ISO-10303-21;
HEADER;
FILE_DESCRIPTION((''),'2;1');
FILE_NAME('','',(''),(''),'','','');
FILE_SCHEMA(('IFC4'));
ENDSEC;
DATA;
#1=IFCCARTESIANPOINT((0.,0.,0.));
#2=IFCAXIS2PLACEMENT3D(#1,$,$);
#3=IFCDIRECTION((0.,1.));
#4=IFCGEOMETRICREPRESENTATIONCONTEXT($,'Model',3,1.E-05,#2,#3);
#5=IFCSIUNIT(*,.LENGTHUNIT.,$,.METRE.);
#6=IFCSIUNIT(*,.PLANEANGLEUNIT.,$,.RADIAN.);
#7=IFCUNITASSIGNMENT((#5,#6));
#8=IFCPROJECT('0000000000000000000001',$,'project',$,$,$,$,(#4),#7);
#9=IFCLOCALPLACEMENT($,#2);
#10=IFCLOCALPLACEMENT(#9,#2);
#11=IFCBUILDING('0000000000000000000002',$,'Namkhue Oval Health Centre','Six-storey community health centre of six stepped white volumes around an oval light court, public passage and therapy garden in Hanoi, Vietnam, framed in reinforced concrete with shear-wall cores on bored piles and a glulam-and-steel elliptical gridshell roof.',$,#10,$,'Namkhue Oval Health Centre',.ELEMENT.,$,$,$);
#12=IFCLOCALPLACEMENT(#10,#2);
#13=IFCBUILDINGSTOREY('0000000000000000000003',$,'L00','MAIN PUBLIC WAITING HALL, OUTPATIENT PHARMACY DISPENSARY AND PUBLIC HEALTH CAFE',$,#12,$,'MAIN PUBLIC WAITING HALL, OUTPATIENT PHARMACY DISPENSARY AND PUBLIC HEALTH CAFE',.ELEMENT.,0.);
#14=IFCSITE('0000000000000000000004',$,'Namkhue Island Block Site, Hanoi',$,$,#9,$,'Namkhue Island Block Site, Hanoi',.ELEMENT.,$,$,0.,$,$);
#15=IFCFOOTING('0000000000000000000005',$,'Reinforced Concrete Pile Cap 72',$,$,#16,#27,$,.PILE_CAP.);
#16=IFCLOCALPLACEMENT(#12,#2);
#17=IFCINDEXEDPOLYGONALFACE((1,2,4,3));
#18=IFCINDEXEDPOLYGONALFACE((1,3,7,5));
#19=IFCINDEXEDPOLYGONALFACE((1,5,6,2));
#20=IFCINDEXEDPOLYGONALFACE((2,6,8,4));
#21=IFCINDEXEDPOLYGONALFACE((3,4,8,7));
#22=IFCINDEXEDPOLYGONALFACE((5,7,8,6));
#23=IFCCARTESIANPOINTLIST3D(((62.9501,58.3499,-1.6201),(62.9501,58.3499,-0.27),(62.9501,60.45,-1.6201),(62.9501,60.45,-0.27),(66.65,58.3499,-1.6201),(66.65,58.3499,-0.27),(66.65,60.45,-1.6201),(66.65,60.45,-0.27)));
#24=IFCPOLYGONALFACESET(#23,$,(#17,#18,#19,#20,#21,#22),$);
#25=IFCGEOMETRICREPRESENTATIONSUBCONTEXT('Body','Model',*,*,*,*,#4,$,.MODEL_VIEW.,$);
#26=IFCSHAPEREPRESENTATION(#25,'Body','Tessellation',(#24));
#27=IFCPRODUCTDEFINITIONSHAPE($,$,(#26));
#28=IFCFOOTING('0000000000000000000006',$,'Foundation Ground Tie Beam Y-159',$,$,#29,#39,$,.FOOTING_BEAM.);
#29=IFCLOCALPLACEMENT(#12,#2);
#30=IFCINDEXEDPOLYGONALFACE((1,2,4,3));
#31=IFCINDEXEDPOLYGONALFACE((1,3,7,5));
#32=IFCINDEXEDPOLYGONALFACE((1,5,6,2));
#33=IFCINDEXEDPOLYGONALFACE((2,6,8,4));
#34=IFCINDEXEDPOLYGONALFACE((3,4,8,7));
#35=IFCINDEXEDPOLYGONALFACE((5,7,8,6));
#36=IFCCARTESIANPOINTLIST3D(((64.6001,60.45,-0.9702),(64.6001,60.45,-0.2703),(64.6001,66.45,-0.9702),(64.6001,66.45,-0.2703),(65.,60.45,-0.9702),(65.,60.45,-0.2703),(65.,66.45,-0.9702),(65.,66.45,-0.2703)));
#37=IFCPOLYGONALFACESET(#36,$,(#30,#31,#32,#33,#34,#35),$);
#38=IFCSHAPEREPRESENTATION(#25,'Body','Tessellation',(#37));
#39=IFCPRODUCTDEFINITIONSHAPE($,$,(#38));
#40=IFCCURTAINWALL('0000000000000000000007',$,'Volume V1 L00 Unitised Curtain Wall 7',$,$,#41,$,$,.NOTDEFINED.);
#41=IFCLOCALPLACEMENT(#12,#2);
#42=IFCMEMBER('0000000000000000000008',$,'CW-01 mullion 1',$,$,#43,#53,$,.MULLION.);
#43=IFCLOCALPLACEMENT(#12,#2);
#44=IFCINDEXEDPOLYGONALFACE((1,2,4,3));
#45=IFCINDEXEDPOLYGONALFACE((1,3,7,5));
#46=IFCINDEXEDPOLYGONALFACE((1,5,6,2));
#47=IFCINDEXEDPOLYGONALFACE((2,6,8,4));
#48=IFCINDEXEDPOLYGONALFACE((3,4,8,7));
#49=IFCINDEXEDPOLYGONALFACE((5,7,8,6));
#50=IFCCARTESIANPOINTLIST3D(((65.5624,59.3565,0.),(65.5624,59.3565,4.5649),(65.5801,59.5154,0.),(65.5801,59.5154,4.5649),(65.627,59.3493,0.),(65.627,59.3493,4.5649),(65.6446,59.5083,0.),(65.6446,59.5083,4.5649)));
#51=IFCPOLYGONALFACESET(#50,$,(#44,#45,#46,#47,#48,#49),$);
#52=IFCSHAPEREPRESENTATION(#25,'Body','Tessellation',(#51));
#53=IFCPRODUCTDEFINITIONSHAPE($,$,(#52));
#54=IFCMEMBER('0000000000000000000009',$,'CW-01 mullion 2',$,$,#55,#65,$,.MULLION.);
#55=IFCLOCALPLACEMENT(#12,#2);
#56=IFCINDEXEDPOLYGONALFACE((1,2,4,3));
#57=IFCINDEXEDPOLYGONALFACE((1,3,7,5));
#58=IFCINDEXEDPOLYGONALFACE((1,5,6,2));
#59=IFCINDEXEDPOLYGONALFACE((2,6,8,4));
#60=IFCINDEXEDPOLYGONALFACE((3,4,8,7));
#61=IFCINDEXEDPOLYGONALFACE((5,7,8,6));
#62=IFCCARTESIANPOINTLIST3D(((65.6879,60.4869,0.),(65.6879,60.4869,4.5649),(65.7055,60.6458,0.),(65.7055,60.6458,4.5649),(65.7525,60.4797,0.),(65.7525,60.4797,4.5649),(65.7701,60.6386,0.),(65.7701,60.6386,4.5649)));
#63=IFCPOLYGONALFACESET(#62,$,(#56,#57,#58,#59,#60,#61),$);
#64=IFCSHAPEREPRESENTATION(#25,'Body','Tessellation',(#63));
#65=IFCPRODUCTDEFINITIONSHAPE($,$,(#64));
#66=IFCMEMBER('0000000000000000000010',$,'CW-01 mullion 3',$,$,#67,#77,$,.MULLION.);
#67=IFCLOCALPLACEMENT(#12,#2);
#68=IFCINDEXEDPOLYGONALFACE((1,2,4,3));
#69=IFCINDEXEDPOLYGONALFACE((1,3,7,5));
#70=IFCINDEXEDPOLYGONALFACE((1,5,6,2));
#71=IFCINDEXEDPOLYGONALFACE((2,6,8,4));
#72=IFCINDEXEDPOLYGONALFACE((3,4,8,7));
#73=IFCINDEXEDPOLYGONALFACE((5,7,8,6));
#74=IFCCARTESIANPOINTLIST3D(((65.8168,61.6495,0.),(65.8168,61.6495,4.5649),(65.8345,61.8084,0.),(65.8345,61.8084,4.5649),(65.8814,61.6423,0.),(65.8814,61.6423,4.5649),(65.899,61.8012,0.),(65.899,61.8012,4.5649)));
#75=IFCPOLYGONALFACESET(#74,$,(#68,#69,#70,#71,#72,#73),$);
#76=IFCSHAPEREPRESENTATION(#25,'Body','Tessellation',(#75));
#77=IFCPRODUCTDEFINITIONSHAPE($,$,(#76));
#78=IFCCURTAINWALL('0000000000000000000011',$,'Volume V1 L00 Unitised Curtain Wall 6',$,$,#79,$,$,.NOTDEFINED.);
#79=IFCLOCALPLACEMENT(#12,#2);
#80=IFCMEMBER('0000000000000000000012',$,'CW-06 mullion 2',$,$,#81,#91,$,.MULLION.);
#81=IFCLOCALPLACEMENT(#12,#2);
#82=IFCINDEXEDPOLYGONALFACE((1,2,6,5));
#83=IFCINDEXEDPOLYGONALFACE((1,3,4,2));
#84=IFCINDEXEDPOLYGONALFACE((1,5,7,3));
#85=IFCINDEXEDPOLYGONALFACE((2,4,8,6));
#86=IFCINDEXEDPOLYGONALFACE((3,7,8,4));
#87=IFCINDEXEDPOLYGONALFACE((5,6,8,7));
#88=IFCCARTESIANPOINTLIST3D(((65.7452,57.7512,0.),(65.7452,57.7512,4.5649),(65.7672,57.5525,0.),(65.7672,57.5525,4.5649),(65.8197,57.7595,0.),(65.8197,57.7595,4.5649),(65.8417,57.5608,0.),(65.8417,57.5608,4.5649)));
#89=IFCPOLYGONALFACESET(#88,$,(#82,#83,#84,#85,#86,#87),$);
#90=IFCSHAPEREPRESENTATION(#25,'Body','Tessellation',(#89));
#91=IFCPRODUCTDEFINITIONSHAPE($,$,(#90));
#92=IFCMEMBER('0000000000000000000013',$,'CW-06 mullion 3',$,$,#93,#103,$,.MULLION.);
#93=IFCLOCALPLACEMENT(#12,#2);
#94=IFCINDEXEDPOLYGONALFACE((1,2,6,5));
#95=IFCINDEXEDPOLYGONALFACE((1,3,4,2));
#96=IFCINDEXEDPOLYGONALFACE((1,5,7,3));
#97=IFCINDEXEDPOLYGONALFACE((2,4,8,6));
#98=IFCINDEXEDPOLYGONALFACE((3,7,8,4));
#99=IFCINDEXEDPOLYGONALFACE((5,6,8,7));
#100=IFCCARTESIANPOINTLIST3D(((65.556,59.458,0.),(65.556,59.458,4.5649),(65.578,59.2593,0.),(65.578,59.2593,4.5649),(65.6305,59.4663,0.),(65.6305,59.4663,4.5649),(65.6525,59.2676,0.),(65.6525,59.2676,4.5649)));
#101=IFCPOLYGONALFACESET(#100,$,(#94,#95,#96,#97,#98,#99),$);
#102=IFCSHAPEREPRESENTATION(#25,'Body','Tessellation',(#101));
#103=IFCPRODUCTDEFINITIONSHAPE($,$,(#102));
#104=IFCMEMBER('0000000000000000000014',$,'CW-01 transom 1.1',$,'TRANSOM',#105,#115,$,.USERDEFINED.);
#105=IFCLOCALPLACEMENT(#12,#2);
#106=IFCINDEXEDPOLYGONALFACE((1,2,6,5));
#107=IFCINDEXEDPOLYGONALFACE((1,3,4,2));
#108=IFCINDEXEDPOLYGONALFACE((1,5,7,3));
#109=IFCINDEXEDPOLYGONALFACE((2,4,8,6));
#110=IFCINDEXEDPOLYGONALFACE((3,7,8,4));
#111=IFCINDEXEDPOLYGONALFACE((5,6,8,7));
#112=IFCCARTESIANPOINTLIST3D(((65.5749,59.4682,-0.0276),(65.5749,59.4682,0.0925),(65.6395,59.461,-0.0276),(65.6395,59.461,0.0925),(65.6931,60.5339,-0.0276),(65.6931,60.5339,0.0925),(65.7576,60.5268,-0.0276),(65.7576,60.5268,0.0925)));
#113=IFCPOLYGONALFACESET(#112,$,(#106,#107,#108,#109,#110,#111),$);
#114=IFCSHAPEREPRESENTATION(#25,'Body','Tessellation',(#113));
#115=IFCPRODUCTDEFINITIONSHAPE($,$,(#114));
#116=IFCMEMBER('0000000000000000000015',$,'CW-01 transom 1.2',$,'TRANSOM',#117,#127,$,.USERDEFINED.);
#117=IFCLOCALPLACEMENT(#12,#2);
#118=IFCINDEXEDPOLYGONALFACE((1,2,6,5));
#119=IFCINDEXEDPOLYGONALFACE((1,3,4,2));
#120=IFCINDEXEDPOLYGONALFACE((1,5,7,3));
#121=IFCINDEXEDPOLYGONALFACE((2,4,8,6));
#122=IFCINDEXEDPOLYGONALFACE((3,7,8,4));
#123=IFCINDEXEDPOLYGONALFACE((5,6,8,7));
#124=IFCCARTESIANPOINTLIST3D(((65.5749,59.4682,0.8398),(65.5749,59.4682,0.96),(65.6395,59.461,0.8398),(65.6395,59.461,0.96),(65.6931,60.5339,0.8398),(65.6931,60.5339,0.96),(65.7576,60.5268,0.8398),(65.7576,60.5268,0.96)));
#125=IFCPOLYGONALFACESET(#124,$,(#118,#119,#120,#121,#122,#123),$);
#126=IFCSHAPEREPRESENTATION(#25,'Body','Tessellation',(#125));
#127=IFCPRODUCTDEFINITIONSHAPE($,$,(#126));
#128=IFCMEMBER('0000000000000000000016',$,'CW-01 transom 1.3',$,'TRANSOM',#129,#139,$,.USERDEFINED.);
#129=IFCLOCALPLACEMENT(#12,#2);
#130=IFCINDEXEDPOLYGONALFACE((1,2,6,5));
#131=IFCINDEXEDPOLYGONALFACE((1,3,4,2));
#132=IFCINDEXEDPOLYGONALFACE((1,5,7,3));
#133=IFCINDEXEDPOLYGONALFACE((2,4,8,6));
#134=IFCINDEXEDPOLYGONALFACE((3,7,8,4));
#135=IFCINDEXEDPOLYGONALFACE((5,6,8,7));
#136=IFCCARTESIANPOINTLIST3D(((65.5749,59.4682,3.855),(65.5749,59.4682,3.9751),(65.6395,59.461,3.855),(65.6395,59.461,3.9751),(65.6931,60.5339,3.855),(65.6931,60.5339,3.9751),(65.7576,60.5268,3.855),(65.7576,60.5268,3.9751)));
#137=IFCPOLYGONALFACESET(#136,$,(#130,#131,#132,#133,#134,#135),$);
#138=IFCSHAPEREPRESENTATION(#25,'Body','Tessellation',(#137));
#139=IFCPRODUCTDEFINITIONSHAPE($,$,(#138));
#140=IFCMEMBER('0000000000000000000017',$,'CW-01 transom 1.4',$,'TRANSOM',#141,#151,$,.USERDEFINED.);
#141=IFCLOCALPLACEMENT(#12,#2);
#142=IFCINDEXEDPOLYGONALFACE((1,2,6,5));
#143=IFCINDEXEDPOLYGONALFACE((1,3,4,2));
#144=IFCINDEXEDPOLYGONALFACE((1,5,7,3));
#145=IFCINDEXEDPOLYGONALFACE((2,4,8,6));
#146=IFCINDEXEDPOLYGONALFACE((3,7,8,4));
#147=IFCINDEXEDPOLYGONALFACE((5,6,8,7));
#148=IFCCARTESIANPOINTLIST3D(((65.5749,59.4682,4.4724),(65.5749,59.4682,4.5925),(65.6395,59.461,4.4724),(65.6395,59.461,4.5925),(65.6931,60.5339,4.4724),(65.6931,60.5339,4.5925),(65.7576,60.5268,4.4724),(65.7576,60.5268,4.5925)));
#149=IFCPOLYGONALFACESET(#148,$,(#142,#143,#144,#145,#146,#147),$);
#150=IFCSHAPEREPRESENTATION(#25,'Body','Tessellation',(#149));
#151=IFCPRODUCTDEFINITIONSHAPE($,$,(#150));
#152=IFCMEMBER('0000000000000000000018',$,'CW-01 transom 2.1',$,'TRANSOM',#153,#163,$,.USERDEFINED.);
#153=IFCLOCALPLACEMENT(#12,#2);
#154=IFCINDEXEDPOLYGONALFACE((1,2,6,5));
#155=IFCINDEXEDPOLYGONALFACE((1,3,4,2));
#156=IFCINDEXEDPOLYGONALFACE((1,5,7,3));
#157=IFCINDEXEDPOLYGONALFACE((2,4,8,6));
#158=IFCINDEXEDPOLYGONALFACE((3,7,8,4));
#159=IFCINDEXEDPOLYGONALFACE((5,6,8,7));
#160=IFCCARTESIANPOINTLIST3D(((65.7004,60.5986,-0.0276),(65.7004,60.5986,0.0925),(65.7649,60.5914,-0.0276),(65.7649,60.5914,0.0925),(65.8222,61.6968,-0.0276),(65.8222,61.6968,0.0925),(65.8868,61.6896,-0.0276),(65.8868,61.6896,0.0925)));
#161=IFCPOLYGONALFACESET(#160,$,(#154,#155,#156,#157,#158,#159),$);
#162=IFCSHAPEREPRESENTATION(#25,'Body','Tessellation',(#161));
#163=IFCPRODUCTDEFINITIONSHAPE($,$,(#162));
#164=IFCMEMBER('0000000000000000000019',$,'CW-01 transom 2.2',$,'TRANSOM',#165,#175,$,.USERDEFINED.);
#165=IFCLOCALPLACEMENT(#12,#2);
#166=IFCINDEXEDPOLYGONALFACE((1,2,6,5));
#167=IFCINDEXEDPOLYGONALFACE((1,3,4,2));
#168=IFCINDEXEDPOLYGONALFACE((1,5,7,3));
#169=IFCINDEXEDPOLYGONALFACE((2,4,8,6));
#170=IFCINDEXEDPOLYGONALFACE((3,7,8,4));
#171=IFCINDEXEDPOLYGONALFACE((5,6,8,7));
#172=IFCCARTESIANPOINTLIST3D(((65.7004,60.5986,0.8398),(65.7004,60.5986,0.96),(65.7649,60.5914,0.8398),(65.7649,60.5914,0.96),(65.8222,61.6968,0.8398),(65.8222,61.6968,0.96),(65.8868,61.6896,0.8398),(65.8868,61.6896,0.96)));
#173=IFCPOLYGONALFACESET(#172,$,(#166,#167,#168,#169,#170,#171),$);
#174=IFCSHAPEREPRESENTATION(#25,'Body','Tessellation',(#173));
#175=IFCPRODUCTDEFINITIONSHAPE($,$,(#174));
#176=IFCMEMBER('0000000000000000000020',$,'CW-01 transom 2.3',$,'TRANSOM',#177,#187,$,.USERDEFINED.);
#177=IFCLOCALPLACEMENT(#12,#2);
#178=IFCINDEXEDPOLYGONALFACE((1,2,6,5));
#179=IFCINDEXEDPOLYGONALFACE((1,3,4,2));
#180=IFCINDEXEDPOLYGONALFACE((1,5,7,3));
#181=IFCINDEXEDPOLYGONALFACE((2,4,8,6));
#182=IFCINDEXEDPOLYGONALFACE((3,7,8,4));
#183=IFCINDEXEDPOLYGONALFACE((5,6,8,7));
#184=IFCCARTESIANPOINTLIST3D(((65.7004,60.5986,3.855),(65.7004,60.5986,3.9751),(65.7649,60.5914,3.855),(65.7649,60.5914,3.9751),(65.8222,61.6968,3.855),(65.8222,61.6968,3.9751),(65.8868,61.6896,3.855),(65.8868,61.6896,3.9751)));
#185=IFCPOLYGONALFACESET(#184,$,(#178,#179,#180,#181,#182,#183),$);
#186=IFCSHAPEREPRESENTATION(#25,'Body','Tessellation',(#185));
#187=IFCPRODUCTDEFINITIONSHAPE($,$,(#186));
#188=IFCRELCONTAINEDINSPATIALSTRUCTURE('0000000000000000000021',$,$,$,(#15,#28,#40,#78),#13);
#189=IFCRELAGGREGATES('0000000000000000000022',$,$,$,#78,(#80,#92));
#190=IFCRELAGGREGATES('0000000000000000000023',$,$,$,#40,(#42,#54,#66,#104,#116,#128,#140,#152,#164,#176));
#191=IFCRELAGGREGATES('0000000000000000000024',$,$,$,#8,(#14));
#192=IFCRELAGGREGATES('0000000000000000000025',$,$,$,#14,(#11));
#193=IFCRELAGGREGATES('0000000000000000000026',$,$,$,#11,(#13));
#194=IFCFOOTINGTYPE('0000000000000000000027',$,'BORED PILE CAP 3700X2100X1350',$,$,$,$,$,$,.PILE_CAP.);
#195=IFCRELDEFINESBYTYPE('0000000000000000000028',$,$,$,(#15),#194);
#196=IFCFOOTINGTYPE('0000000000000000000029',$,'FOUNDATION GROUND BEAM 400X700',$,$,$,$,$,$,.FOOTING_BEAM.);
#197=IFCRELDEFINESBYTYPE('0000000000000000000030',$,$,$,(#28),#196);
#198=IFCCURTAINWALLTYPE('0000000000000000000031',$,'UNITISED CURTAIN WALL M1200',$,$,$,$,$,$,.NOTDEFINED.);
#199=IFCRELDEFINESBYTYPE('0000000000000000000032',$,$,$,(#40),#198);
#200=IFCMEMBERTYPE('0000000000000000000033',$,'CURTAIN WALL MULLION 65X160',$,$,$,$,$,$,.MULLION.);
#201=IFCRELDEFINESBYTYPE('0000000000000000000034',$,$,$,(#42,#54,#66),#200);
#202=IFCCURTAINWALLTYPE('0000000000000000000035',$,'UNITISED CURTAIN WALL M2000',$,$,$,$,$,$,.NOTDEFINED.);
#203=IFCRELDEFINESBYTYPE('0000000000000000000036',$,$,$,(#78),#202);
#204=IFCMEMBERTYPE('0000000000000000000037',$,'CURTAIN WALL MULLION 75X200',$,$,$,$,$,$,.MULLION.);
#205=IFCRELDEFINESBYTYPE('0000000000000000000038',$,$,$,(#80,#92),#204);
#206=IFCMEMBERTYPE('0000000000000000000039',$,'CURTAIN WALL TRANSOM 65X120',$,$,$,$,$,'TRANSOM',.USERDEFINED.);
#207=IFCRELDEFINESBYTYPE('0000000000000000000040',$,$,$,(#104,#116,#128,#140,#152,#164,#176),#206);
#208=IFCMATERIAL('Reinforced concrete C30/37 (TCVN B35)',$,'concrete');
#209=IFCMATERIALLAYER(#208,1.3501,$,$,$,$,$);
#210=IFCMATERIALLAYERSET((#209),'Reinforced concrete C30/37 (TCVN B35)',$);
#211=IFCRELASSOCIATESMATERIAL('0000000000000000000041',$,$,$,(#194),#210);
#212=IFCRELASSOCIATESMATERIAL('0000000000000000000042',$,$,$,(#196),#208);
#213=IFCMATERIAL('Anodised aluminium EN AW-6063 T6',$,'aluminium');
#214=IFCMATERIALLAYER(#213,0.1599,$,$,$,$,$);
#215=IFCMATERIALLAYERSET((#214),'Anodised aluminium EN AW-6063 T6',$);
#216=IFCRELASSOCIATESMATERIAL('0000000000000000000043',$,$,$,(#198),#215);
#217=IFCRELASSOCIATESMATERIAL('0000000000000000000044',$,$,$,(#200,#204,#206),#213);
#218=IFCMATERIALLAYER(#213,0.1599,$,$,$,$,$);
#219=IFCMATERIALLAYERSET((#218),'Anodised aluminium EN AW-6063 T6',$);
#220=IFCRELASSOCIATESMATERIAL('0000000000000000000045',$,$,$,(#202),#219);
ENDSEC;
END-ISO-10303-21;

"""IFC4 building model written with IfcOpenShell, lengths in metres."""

from ifc_helpers import new_model, si_unit, direction, frame, origin, origin_2d, place, context, subcontext, project, spatial, rectangle, extrude, material, layer, layer_set, material_profile, profile_set, type_object, element, aggregate, save


model = new_model("IFC4")

# Units and contexts
model_context = context("Model", 3, precision=1e-05, world=origin(), true_north=direction((0.0, 1.0)))
body_context = subcontext(model_context, "Body", "Model", "MODEL_VIEW")
ifc_project = project(units=[si_unit("LENGTHUNIT", "METRE"), si_unit("PLANEANGLEUNIT", "RADIAN")], contexts=[model_context])

# Site, building, storey
site_placement = place(None, origin())
site = spatial("IfcSite", under=ifc_project, at=site_placement, Name="Namkhue Island Block Site, Hanoi", LongName="Namkhue Island Block Site, Hanoi", CompositionType="ELEMENT", RefElevation=0.0)
building_placement = place(site_placement, origin())
building = spatial("IfcBuilding", under=site, at=building_placement, Name="Namkhue Oval Health Centre", Description="Six-storey community health centre of six stepped white volumes around an oval light court, public passage and therapy garden in Hanoi, Vietnam, framed in reinforced concrete with shear-wall cores on bored piles and a glulam-and-steel elliptical gridshell roof.", LongName="Namkhue Oval Health Centre", CompositionType="ELEMENT")
storey_placement = place(building_placement, origin())
storey = spatial("IfcBuildingStorey", under=building, at=storey_placement, Name="L00", Description="MAIN PUBLIC WAITING HALL, OUTPATIENT PHARMACY DISPENSARY AND PUBLIC HEALTH CAFE", LongName="MAIN PUBLIC WAITING HALL, OUTPATIENT PHARMACY DISPENSARY AND PUBLIC HEALTH CAFE", CompositionType="ELEMENT", Elevation=0.0)

# Footings
ifc_material_1 = material(Name="Reinforced concrete C30/37 (TCVN B35)", Category="concrete")
ifc_layer_1 = layer(ifc_material_1, 1.3501)
ifc_layer_set_1 = layer_set([ifc_layer_1], Name="Reinforced concrete C30/37 (TCVN B35)")
footing_type_1 = type_object("IfcFootingType", Name="BORED PILE CAP 3700X2100X1350", PredefinedType="PILE_CAP", material=ifc_layer_set_1)
footing_1_placement = place(storey_placement, frame((64.8, 59.3999, -1.6201), z_axis=(0.0, 0.0, 1.0), x_axis=(1.0, 0.0, 0.0)))
element("IfcFooting", 1, at=footing_1_placement, inside=storey, type_object=footing_type_1, Name="Reinforced Concrete Pile Cap 72", PredefinedType="PILE_CAP", context=body_context, shape_type="SweptSolid", body=[
    extrude(rectangle(XDim=3.7, YDim=2.1001, at=origin_2d()), origin(), (0.0, 0.0, 1.0), 1.3501),
])
footing_type_2 = type_object("IfcFootingType", Name="FOUNDATION GROUND BEAM 400X700", PredefinedType="FOOTING_BEAM", material=ifc_material_1)
footing_2_placement = place(storey_placement, frame((64.8, 63.45, -0.9702), z_axis=(0.0, 0.0, 1.0), x_axis=(0.0, 1.0, 0.0)))
element("IfcFooting", 2, at=footing_2_placement, inside=storey, type_object=footing_type_2, Name="Foundation Ground Tie Beam Y-159", PredefinedType="FOOTING_BEAM", context=body_context, shape_type="SweptSolid", body=[
    extrude(rectangle(XDim=6.0, YDim=0.3999, at=origin_2d()), origin(), (0.0, 0.0, 1.0), 0.7),
])

# Curtain walls, members
ifc_material_2 = material(Name="Anodised aluminium EN AW-6063 T6", Category="aluminium")
ifc_layer_2 = layer(ifc_material_2, 0.1599)
ifc_layer_set_2 = layer_set([ifc_layer_2], Name="Anodised aluminium EN AW-6063 T6")
curtain_wall_type_1 = type_object("IfcCurtainWallType", Name="UNITISED CURTAIN WALL M1200", PredefinedType="NOTDEFINED", material=ifc_layer_set_2)
curtain_wall_1_placement = place(storey_placement, origin())
curtain_wall_1 = element("IfcCurtainWall", 3, at=curtain_wall_1_placement, inside=storey, type_object=curtain_wall_type_1, Name="Volume V1 L00 Unitised Curtain Wall 7", PredefinedType="NOTDEFINED")
ifc_material_profile_1 = material_profile(ifc_material_2, rectangle(XDim=0.0649, YDim=0.1599, at=origin_2d()), Name="ALU 65x160")
ifc_profile_set_1 = profile_set([ifc_material_profile_1], Name="Anodised aluminium EN AW-6063 T6")
member_type_1 = type_object("IfcMemberType", Name="CURTAIN WALL MULLION 65X160", PredefinedType="MULLION", material=ifc_profile_set_1)
member_1_placement = place(storey_placement, frame((65.6035, 59.4324, 0.0), z_axis=(0.0, 0.0, 1.0), x_axis=(-0.993901, 0.110275, 0.0)))
member_1 = element("IfcMember", 4, at=member_1_placement, type_object=member_type_1, Name="CW-01 mullion 1", PredefinedType="MULLION", context=body_context, shape_type="SweptSolid", body=[
    extrude(rectangle(XDim=0.0649, YDim=0.1599, at=origin_2d()), origin(), (0.0, 0.0, 1.0), 4.5649),
])
member_2_placement = place(storey_placement, frame((65.729, 60.5627, 0.0), z_axis=(0.0, 0.0, 1.0), x_axis=(-0.993901, 0.110275, 0.0)))
member_2 = element("IfcMember", 5, at=member_2_placement, type_object=member_type_1, Name="CW-01 mullion 2", PredefinedType="MULLION", context=body_context, shape_type="SweptSolid", body=[
    extrude(rectangle(XDim=0.0649, YDim=0.1599, at=origin_2d()), origin(), (0.0, 0.0, 1.0), 4.5649),
])
member_3_placement = place(storey_placement, frame((65.8579, 61.7253, 0.0), z_axis=(0.0, 0.0, 1.0), x_axis=(-0.993901, 0.110275, 0.0)))
member_3 = element("IfcMember", 6, at=member_3_placement, type_object=member_type_1, Name="CW-01 mullion 3", PredefinedType="MULLION", context=body_context, shape_type="SweptSolid", body=[
    extrude(rectangle(XDim=0.0649, YDim=0.1599, at=origin_2d()), origin(), (0.0, 0.0, 1.0), 4.5649),
])
ifc_layer_3 = layer(ifc_material_2, 0.1599)
ifc_layer_set_3 = layer_set([ifc_layer_3], Name="Anodised aluminium EN AW-6063 T6")
curtain_wall_type_2 = type_object("IfcCurtainWallType", Name="UNITISED CURTAIN WALL M2000", PredefinedType="NOTDEFINED", material=ifc_layer_set_3)
curtain_wall_2_placement = place(storey_placement, origin())
curtain_wall_2 = element("IfcCurtainWall", 7, at=curtain_wall_2_placement, inside=storey, type_object=curtain_wall_type_2, Name="Volume V1 L00 Unitised Curtain Wall 6", PredefinedType="NOTDEFINED")
ifc_material_profile_2 = material_profile(ifc_material_2, rectangle(XDim=0.075, YDim=0.2, at=origin_2d()), Name="ALU 75x200")
ifc_profile_set_2 = profile_set([ifc_material_profile_2], Name="Anodised aluminium EN AW-6063 T6")
member_type_2 = type_object("IfcMemberType", Name="CURTAIN WALL MULLION 75X200", PredefinedType="MULLION", material=ifc_profile_set_2)
member_4_placement = place(storey_placement, frame((65.7935, 57.656, 0.0), z_axis=(0.0, 0.0, 1.0), x_axis=(-0.993901, -0.110275, 0.0)))
member_4 = element("IfcMember", 8, at=member_4_placement, type_object=member_type_2, Name="CW-06 mullion 2", PredefinedType="MULLION", context=body_context, shape_type="SweptSolid", body=[
    extrude(rectangle(XDim=0.075, YDim=0.2, at=origin_2d()), origin(), (0.0, 0.0, 1.0), 4.5649),
])
member_5_placement = place(storey_placement, frame((65.6042, 59.3628, 0.0), z_axis=(0.0, 0.0, 1.0), x_axis=(-0.993901, -0.110275, 0.0)))
member_5 = element("IfcMember", 9, at=member_5_placement, type_object=member_type_2, Name="CW-06 mullion 3", PredefinedType="MULLION", context=body_context, shape_type="SweptSolid", body=[
    extrude(rectangle(XDim=0.075, YDim=0.2, at=origin_2d()), origin(), (0.0, 0.0, 1.0), 4.5649),
])

# Members
ifc_material_profile_3 = material_profile(ifc_material_2, rectangle(XDim=0.0649, YDim=0.1201, at=origin_2d()), Name="ALU 65x120")
ifc_profile_set_3 = profile_set([ifc_material_profile_3], Name="Anodised aluminium EN AW-6063 T6")
member_type_3 = type_object("IfcMemberType", Name="CURTAIN WALL TRANSOM 65X120", ElementType="TRANSOM", PredefinedType="USERDEFINED", material=ifc_profile_set_3)
member_6_placement = place(storey_placement, frame((65.6072, 59.4646, 0.0325), z_axis=(0.110207, 0.993909, 0.0), x_axis=(-0.993909, 0.110207, 0.0)))
member_6 = element("IfcMember", 10, at=member_6_placement, type_object=member_type_3, Name="CW-01 transom 1.1", ObjectType="TRANSOM", PredefinedType="USERDEFINED", context=body_context, shape_type="SweptSolid", body=[
    extrude(rectangle(XDim=0.0649, YDim=0.1201, at=origin_2d()), origin(), (0.0, 0.0, 1.0), 1.0723),
])
member_7_placement = place(storey_placement, frame((65.6072, 59.4646, 0.8999), z_axis=(0.110207, 0.993909, 0.0), x_axis=(-0.993909, 0.110207, 0.0)))
member_7 = element("IfcMember", 11, at=member_7_placement, type_object=member_type_3, Name="CW-01 transom 1.2", ObjectType="TRANSOM", PredefinedType="USERDEFINED", context=body_context, shape_type="SweptSolid", body=[
    extrude(rectangle(XDim=0.0649, YDim=0.1201, at=origin_2d()), origin(), (0.0, 0.0, 1.0), 1.0723),
])
member_8_placement = place(storey_placement, frame((65.6072, 59.4646, 3.915), z_axis=(0.110207, 0.993909, 0.0), x_axis=(-0.993909, 0.110207, 0.0)))
member_8 = element("IfcMember", 12, at=member_8_placement, type_object=member_type_3, Name="CW-01 transom 1.3", ObjectType="TRANSOM", PredefinedType="USERDEFINED", context=body_context, shape_type="SweptSolid", body=[
    extrude(rectangle(XDim=0.0649, YDim=0.1201, at=origin_2d()), origin(), (0.0, 0.0, 1.0), 1.0723),
])
member_9_placement = place(storey_placement, frame((65.6072, 59.4646, 4.5325), z_axis=(0.110207, 0.993909, 0.0), x_axis=(-0.993909, 0.110207, 0.0)))
member_9 = element("IfcMember", 13, at=member_9_placement, type_object=member_type_3, Name="CW-01 transom 1.4", ObjectType="TRANSOM", PredefinedType="USERDEFINED", context=body_context, shape_type="SweptSolid", body=[
    extrude(rectangle(XDim=0.0649, YDim=0.1201, at=origin_2d()), origin(), (0.0, 0.0, 1.0), 1.0723),
])
member_10_placement = place(storey_placement, frame((65.7327, 60.595, 0.0325), z_axis=(0.110262, 0.993903, 0.0), x_axis=(-0.993903, 0.110262, 0.0)))
member_10 = element("IfcMember", 14, at=member_10_placement, type_object=member_type_3, Name="CW-01 transom 2.1", ObjectType="TRANSOM", PredefinedType="USERDEFINED", context=body_context, shape_type="SweptSolid", body=[
    extrude(rectangle(XDim=0.0649, YDim=0.1201, at=origin_2d()), origin(), (0.0, 0.0, 1.0), 1.105),
])
member_11_placement = place(storey_placement, frame((65.7327, 60.595, 0.8999), z_axis=(0.110262, 0.993903, 0.0), x_axis=(-0.993903, 0.110262, 0.0)))
member_11 = element("IfcMember", 15, at=member_11_placement, type_object=member_type_3, Name="CW-01 transom 2.2", ObjectType="TRANSOM", PredefinedType="USERDEFINED", context=body_context, shape_type="SweptSolid", body=[
    extrude(rectangle(XDim=0.0649, YDim=0.1201, at=origin_2d()), origin(), (0.0, 0.0, 1.0), 1.105),
])
member_12_placement = place(storey_placement, frame((65.7327, 60.595, 3.915), z_axis=(0.110262, 0.993903, 0.0), x_axis=(-0.993903, 0.110262, 0.0)))
member_12 = element("IfcMember", 16, at=member_12_placement, type_object=member_type_3, Name="CW-01 transom 2.3", ObjectType="TRANSOM", PredefinedType="USERDEFINED", context=body_context, shape_type="SweptSolid", body=[
    extrude(rectangle(XDim=0.0649, YDim=0.1201, at=origin_2d()), origin(), (0.0, 0.0, 1.0), 1.105),
])

aggregate(curtain_wall_2, [member_4, member_5])
aggregate(curtain_wall_1, [member_1, member_2, member_3, member_6, member_7, member_8, member_9, member_10, member_11, member_12])

save(model, "model.ifc")
